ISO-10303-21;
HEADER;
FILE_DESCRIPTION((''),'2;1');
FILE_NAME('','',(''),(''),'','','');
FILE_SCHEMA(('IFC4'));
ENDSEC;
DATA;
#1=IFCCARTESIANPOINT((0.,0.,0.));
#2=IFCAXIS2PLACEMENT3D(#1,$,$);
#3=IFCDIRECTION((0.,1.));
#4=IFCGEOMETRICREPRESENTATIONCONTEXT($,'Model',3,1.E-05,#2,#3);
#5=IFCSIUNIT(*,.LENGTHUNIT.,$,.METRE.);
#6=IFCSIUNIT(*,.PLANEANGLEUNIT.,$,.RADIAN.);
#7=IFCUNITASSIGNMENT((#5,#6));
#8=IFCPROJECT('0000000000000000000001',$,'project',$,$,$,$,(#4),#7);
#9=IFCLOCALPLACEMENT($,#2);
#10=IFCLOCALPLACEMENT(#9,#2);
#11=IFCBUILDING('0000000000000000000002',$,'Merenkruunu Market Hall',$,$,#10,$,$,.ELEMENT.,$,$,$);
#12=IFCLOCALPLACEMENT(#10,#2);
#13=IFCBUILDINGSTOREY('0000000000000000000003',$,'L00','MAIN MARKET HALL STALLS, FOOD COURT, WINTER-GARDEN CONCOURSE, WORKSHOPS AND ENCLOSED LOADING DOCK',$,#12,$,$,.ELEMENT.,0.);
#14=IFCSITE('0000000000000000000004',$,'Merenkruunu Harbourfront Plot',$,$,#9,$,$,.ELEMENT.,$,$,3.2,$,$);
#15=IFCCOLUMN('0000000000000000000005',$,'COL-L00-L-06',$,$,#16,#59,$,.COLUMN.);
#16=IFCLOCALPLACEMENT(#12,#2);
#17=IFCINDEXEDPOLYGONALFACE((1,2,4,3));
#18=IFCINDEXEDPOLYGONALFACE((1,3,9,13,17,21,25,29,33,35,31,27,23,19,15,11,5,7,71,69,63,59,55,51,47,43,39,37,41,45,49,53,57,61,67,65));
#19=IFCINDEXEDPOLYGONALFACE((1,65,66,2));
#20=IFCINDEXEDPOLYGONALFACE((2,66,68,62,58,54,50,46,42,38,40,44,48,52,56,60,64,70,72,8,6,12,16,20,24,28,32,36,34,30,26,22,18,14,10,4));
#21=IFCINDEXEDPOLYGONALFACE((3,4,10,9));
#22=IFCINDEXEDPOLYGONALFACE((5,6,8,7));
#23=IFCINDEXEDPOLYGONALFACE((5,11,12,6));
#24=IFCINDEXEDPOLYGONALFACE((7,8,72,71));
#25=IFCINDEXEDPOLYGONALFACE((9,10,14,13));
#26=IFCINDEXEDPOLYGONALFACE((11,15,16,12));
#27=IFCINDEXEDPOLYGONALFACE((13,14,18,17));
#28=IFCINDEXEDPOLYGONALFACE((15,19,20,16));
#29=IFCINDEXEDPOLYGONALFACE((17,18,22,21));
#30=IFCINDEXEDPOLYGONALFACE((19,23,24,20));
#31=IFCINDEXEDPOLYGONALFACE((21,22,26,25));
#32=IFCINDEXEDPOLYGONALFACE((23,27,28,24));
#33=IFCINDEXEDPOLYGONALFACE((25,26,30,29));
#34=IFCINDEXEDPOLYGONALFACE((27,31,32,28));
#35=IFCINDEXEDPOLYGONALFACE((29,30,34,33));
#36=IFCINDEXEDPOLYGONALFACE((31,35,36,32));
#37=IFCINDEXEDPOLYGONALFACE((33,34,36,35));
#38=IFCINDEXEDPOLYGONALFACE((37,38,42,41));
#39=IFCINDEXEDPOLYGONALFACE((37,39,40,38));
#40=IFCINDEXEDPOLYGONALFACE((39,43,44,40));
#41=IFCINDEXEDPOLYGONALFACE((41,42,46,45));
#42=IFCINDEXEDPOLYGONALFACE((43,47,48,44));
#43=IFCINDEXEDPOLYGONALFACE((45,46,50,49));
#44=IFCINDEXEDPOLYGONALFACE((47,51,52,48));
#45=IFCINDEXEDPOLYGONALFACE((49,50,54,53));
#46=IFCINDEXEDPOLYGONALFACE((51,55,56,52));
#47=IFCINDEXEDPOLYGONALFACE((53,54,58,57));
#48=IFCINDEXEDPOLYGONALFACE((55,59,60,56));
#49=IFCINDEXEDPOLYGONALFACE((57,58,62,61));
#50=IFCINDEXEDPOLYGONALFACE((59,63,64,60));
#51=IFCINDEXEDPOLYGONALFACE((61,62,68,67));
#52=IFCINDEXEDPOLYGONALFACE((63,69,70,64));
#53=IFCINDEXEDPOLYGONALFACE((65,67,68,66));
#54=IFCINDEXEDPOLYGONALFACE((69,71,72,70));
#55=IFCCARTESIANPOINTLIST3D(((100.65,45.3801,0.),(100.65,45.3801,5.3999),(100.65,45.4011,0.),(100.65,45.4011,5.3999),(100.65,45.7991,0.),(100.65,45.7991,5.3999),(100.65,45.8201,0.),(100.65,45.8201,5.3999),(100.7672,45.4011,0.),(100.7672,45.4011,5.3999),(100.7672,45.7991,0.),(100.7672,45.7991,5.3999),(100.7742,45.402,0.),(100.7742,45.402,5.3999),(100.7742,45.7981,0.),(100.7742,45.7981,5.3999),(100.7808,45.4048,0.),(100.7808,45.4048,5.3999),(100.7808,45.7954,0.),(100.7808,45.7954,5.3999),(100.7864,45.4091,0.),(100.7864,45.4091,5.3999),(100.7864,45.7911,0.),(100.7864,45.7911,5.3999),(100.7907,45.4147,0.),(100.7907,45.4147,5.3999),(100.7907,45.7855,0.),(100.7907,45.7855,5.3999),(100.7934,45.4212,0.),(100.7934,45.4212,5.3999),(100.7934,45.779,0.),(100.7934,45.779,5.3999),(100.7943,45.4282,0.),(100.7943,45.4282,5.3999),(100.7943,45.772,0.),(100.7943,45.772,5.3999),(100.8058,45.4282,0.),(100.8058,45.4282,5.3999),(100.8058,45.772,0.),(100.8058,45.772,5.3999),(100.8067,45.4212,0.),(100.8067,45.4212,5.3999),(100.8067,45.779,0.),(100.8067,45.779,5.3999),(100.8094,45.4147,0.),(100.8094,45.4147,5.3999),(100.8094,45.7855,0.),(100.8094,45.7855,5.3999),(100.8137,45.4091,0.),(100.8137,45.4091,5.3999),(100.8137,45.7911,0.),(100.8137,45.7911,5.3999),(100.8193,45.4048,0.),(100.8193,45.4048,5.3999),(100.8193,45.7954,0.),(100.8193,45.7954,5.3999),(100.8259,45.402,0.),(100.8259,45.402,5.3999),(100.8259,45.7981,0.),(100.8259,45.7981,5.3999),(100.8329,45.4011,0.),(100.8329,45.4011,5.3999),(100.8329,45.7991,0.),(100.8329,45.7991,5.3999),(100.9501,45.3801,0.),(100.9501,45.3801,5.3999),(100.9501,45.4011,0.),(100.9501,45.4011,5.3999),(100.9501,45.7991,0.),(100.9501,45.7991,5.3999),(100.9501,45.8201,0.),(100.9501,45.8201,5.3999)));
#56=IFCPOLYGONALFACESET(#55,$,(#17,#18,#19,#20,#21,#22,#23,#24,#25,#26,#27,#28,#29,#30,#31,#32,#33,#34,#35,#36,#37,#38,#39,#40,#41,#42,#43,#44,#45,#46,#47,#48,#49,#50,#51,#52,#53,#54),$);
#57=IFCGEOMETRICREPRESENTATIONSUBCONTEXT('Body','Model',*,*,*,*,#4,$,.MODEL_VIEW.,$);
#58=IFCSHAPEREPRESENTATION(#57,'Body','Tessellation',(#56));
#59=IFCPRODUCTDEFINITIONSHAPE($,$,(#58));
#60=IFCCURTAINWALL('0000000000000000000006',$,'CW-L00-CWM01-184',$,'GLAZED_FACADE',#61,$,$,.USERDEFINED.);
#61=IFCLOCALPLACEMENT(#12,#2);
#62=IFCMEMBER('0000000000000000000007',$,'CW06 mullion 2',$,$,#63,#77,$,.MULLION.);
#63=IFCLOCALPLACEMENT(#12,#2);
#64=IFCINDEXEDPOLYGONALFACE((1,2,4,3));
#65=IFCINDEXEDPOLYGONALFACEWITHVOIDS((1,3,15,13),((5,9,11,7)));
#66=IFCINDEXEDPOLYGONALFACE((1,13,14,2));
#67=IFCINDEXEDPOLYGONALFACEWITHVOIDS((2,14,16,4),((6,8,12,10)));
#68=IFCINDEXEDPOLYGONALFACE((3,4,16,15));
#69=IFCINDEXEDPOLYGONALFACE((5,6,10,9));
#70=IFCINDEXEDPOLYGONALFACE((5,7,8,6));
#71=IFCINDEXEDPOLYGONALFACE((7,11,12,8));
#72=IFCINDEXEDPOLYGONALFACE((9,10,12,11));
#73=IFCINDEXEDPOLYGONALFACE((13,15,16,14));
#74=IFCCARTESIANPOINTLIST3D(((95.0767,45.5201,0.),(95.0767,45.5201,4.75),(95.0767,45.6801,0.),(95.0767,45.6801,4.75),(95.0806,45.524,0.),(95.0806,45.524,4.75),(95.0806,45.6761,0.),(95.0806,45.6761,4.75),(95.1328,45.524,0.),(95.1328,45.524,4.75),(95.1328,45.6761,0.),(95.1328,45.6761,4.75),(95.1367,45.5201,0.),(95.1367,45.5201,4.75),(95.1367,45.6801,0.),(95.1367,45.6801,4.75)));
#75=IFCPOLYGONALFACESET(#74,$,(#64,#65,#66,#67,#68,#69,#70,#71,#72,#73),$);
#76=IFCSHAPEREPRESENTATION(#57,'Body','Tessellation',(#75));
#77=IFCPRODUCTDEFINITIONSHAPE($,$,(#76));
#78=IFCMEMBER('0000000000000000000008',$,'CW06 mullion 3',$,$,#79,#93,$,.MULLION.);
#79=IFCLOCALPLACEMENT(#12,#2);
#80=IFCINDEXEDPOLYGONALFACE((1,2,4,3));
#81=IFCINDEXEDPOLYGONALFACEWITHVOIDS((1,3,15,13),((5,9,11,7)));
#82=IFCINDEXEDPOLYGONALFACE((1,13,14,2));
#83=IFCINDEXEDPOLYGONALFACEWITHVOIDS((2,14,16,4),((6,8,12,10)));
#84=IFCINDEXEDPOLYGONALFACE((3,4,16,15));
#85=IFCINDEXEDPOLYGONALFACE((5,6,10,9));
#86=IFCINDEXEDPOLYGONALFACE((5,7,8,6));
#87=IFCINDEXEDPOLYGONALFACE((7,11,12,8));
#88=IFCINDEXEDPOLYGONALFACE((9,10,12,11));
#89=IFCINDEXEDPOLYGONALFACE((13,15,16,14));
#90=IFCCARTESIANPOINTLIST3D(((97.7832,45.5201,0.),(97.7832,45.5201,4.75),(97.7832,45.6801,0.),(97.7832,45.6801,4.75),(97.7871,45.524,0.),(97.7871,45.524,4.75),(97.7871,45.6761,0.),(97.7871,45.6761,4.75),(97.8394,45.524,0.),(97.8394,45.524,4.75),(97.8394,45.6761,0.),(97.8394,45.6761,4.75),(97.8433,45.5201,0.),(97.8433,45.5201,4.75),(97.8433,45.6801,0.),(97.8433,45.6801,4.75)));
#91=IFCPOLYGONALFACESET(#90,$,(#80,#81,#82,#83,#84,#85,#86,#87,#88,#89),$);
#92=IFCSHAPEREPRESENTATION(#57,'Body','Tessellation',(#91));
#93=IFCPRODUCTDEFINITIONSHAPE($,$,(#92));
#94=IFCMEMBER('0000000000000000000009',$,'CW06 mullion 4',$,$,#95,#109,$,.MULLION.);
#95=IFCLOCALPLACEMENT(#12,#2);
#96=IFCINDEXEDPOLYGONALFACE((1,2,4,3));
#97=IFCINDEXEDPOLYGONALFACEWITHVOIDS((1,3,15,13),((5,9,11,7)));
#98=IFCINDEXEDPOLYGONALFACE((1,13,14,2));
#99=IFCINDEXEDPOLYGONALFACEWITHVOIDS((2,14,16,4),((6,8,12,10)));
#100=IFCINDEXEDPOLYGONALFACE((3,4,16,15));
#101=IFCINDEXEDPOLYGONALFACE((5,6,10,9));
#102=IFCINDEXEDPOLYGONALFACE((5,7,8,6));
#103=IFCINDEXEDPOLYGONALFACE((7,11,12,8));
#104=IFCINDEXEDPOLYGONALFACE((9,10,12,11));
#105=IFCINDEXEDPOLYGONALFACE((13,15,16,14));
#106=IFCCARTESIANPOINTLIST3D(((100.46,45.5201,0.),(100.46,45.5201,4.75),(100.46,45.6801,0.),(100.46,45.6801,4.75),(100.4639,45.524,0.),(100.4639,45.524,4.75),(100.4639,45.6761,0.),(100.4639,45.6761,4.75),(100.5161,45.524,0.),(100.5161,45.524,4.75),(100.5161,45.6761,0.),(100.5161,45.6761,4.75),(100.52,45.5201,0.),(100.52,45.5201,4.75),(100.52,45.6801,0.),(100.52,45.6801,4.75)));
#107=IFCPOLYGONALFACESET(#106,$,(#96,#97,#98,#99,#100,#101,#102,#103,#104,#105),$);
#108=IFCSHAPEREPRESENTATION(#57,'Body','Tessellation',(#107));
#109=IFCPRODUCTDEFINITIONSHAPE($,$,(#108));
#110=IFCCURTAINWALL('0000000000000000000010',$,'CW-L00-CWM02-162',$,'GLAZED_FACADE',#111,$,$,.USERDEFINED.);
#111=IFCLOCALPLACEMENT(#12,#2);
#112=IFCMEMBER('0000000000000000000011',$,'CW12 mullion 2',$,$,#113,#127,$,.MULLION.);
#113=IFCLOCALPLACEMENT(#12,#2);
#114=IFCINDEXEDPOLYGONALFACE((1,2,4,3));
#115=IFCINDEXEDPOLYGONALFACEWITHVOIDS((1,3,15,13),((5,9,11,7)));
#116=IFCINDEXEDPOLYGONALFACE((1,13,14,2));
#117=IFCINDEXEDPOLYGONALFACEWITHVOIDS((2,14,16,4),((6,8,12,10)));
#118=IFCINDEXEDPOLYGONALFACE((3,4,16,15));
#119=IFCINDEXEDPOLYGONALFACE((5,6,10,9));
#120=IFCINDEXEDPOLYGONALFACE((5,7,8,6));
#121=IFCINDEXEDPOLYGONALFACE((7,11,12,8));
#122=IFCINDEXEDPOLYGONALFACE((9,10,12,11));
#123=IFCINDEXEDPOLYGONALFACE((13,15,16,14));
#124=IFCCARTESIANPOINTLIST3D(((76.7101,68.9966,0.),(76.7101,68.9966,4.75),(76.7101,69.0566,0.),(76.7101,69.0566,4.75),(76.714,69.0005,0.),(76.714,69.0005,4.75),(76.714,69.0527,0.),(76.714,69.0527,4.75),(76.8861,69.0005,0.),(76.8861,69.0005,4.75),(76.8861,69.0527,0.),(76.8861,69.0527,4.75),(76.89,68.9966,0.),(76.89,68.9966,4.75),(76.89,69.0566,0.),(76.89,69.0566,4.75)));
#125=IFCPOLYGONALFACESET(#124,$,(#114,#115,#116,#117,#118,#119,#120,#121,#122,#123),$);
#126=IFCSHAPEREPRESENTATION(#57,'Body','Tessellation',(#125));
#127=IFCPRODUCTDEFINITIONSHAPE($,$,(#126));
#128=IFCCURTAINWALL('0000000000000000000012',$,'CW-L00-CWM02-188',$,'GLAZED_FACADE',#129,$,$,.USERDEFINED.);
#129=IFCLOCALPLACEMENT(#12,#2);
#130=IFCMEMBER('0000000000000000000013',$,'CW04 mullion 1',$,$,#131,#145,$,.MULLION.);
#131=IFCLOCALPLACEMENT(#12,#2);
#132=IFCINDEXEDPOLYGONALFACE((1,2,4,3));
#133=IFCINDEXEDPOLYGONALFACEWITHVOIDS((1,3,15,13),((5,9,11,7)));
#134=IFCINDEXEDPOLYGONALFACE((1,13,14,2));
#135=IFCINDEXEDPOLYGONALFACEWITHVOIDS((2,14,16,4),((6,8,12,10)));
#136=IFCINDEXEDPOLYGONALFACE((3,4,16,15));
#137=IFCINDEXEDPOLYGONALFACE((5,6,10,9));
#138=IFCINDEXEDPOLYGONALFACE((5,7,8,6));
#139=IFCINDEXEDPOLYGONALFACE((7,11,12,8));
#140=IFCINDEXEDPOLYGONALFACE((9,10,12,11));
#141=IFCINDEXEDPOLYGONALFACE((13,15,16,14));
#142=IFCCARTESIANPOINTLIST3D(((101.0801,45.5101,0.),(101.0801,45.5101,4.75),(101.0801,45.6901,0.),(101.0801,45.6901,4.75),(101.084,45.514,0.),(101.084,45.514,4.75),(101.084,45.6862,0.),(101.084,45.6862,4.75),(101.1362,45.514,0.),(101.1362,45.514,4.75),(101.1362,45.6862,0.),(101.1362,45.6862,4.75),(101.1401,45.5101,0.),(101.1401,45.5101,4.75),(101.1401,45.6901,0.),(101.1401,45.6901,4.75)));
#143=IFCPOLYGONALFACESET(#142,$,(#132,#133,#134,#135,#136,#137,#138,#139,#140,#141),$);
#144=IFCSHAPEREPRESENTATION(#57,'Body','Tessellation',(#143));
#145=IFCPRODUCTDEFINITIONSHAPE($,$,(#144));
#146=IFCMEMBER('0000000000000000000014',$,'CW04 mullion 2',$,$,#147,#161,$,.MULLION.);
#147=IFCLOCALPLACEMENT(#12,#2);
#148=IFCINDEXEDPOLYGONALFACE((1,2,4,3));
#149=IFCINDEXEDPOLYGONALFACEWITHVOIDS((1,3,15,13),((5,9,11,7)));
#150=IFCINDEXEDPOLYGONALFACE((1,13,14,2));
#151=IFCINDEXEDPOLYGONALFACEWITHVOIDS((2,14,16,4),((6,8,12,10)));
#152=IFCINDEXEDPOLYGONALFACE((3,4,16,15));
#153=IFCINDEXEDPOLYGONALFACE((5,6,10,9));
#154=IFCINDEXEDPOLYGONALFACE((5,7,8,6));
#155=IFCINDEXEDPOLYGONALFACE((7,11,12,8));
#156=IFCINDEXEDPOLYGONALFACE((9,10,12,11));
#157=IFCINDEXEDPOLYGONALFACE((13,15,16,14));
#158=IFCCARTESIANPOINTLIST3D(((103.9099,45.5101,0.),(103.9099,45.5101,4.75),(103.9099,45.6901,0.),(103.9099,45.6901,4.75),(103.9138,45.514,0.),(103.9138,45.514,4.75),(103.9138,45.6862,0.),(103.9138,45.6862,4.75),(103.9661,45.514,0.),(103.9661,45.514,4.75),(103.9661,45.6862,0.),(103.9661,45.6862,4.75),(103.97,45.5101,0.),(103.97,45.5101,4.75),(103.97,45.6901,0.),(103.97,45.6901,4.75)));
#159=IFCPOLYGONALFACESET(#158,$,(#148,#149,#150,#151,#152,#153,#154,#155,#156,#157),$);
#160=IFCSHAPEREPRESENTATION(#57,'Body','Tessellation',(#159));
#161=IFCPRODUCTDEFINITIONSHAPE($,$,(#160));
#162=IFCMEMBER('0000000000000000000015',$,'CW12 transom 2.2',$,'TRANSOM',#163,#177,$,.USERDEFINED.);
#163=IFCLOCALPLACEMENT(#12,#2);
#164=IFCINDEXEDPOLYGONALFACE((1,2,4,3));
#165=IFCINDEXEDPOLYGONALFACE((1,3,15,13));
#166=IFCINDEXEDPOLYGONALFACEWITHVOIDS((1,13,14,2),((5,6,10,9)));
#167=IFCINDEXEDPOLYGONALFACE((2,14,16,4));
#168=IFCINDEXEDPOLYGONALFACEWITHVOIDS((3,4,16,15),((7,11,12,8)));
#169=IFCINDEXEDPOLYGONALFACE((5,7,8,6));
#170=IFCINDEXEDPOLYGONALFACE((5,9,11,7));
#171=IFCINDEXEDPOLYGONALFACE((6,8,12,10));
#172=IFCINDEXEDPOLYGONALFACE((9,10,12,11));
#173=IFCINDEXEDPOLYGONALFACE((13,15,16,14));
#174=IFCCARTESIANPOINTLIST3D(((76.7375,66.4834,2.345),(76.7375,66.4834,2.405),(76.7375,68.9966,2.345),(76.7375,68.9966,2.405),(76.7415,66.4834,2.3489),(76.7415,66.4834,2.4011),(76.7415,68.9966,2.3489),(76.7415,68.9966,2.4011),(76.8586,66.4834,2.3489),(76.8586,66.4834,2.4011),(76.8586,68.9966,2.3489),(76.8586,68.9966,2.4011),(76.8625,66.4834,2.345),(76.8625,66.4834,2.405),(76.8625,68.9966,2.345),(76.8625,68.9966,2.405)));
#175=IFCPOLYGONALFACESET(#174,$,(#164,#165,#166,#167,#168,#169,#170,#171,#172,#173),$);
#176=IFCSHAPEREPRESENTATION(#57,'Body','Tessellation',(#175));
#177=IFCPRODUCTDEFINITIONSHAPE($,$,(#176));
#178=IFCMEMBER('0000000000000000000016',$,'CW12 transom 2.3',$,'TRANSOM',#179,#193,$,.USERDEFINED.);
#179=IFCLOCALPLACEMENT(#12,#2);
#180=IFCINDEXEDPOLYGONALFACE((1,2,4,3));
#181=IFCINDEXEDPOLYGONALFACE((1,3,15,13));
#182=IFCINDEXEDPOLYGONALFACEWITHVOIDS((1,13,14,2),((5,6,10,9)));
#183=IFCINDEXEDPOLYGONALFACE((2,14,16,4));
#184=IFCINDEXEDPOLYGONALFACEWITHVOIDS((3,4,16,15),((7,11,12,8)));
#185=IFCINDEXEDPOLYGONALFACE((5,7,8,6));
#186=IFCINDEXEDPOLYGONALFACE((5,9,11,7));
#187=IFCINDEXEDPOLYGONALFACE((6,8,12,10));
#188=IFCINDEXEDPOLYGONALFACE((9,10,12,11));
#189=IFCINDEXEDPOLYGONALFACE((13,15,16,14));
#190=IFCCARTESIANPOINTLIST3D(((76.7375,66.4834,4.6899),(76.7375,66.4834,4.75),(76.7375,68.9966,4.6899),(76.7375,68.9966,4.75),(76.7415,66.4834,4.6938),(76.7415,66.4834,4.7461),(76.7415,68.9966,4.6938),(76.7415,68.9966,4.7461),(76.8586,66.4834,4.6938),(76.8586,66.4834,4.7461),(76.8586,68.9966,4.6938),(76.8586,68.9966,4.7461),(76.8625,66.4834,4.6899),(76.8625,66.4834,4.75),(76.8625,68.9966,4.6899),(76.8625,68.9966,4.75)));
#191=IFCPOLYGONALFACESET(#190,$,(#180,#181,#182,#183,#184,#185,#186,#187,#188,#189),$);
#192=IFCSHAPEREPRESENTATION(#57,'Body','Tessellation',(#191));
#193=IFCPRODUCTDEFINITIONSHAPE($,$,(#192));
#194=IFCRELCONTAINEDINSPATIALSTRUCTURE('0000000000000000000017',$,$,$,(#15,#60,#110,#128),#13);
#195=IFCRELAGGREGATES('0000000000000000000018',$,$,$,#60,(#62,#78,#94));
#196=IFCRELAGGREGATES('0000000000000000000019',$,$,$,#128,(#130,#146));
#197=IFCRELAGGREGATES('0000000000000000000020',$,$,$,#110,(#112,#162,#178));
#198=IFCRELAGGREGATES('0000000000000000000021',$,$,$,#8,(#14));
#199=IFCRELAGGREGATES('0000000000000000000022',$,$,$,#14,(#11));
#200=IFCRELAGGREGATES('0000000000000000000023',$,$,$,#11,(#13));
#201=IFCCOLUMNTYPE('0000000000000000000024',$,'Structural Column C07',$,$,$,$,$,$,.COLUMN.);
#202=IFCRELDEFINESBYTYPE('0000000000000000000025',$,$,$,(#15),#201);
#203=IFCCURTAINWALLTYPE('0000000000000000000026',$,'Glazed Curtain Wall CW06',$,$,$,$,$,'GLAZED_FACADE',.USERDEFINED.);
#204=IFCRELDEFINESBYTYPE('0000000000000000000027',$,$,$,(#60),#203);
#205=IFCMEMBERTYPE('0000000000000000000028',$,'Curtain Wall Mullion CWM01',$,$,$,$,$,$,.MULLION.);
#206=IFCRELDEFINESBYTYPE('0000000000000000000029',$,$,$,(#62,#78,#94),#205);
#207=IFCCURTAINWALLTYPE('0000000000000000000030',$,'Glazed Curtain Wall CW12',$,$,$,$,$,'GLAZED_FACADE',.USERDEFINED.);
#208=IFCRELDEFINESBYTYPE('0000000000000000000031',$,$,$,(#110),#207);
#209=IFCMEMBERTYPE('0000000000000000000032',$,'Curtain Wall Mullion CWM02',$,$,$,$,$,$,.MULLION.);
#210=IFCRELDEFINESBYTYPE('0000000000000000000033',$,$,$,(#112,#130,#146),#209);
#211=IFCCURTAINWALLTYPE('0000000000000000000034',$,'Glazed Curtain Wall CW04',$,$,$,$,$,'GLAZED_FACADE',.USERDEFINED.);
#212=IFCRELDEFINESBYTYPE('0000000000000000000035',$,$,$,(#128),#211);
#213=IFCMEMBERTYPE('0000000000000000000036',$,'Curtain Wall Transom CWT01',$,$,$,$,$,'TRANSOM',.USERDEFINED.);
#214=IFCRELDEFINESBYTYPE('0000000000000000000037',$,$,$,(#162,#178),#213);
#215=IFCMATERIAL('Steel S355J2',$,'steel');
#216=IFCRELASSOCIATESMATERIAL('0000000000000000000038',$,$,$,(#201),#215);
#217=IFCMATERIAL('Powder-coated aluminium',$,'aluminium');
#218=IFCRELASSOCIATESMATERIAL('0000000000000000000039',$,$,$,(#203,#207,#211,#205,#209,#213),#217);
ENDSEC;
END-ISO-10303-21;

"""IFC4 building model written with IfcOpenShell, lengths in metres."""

from ifc_helpers import new_model, si_unit, direction, frame, origin, origin_2d, place, context, subcontext, project, spatial, hollow_rectangle, i_section, extrude, material, material_profile, profile_set, type_object, element, aggregate, save


model = new_model("IFC4")

# Units and contexts
model_context = context("Model", 3, precision=1e-05, world=origin(), true_north=direction((0.0, 1.0)))
body_context = subcontext(model_context, "Body", "Model", "MODEL_VIEW")
ifc_project = project(units=[si_unit("LENGTHUNIT", "METRE"), si_unit("PLANEANGLEUNIT", "RADIAN")], contexts=[model_context])

# Site, building, storey
site_placement = place(None, origin())
site = spatial("IfcSite", under=ifc_project, at=site_placement, Name="Merenkruunu Harbourfront Plot", CompositionType="ELEMENT", RefElevation=3.2)
building_placement = place(site_placement, origin())
building = spatial("IfcBuilding", under=site, at=building_placement, Name="Merenkruunu Market Hall", CompositionType="ELEMENT")
storey_placement = place(building_placement, origin())
storey = spatial("IfcBuildingStorey", under=building, at=storey_placement, Name="L00", Description="MAIN MARKET HALL STALLS, FOOD COURT, WINTER-GARDEN CONCOURSE, WORKSHOPS AND ENCLOSED LOADING DOCK", CompositionType="ELEMENT", Elevation=0.0)

# Column
ifc_material_1 = material(Name="Steel S355J2", Category="steel")
ifc_material_profile_1 = material_profile(ifc_material_1, i_section(OverallWidth=0.3, OverallDepth=0.4399, WebThickness=0.0115, FlangeThickness=0.021, FilletRadius=0.0271, at=origin_2d()), Name="HEA 450")
ifc_profile_set_1 = profile_set([ifc_material_profile_1], Name="Steel S355J2")
column_type = type_object("IfcColumnType", Name="Structural Column C07", PredefinedType="COLUMN", material=ifc_profile_set_1)
column_placement = place(storey_placement, frame((100.8, 45.6001, 0.0), z_axis=(0.0, 0.0, 1.0), x_axis=(1.0, 0.0, 0.0)))
element("IfcColumn", 1, at=column_placement, inside=storey, type_object=column_type, Name="COL-L00-L-06", PredefinedType="COLUMN", context=body_context, shape_type="SweptSolid", body=[
    extrude(i_section(OverallWidth=0.3, OverallDepth=0.4399, WebThickness=0.0115, FlangeThickness=0.021, FilletRadius=0.0271, at=origin_2d()), origin(), (0.0, 0.0, 1.0), 5.3999),
])

# Curtain wall, members
ifc_material_2 = material(Name="Powder-coated aluminium", Category="aluminium")
curtain_wall_type_1 = type_object("IfcCurtainWallType", Name="Glazed Curtain Wall CW06", ElementType="GLAZED_FACADE", PredefinedType="USERDEFINED", material=ifc_material_2)
curtain_wall_1_placement = place(storey_placement, origin())
curtain_wall_1 = element("IfcCurtainWall", 2, at=curtain_wall_1_placement, inside=storey, type_object=curtain_wall_type_1, Name="CW-L00-CWM01-184", ObjectType="GLAZED_FACADE", PredefinedType="USERDEFINED")
ifc_material_profile_2 = material_profile(ifc_material_2, hollow_rectangle(XDim=0.0601, YDim=0.1599, WallThickness=0.0039, at=origin_2d()), Name="ALU 60x160x4")
ifc_profile_set_2 = profile_set([ifc_material_profile_2], Name="Powder-coated aluminium")
member_type_1 = type_object("IfcMemberType", Name="Curtain Wall Mullion CWM01", PredefinedType="MULLION", material=ifc_profile_set_2)
member_1_placement = place(storey_placement, frame((95.1067, 45.6001, 0.0), z_axis=(0.0, 0.0, 1.0), x_axis=(1.0, 0.0, 0.0)))
member_1 = element("IfcMember", 3, at=member_1_placement, type_object=member_type_1, Name="CW06 mullion 2", PredefinedType="MULLION", context=body_context, shape_type="SweptSolid", body=[
    extrude(hollow_rectangle(XDim=0.0601, YDim=0.1599, WallThickness=0.0039, at=origin_2d()), origin(), (0.0, 0.0, 1.0), 4.75),
])
member_2_placement = place(storey_placement, frame((97.8132, 45.6001, 0.0), z_axis=(0.0, 0.0, 1.0), x_axis=(1.0, 0.0, 0.0)))
member_2 = element("IfcMember", 4, at=member_2_placement, type_object=member_type_1, Name="CW06 mullion 3", PredefinedType="MULLION", context=body_context, shape_type="SweptSolid", body=[
    extrude(hollow_rectangle(XDim=0.0601, YDim=0.1599, WallThickness=0.0039, at=origin_2d()), origin(), (0.0, 0.0, 1.0), 4.75),
])
member_3_placement = place(storey_placement, frame((100.49, 45.6001, 0.0), z_axis=(0.0, 0.0, 1.0), x_axis=(1.0, 0.0, 0.0)))
member_3 = element("IfcMember", 5, at=member_3_placement, type_object=member_type_1, Name="CW06 mullion 4", PredefinedType="MULLION", context=body_context, shape_type="SweptSolid", body=[
    extrude(hollow_rectangle(XDim=0.0601, YDim=0.1599, WallThickness=0.0039, at=origin_2d()), origin(), (0.0, 0.0, 1.0), 4.75),
])

# Curtain wall, member
curtain_wall_type_2 = type_object("IfcCurtainWallType", Name="Glazed Curtain Wall CW12", ElementType="GLAZED_FACADE", PredefinedType="USERDEFINED", material=ifc_material_2)
curtain_wall_2_placement = place(storey_placement, origin())
curtain_wall_2 = element("IfcCurtainWall", 6, at=curtain_wall_2_placement, inside=storey, type_object=curtain_wall_type_2, Name="CW-L00-CWM02-162", ObjectType="GLAZED_FACADE", PredefinedType="USERDEFINED")
ifc_material_profile_3 = material_profile(ifc_material_2, hollow_rectangle(XDim=0.0601, YDim=0.1799, WallThickness=0.0039, at=origin_2d()), Name="ALU 60x180x4")
ifc_profile_set_3 = profile_set([ifc_material_profile_3], Name="Powder-coated aluminium")
member_type_2 = type_object("IfcMemberType", Name="Curtain Wall Mullion CWM02", PredefinedType="MULLION", material=ifc_profile_set_3)
member_4_placement = place(storey_placement, frame((76.8, 69.0266, 0.0), z_axis=(0.0, 0.0, 1.0), x_axis=(0.0, -1.0, 0.0)))
member_4 = element("IfcMember", 7, at=member_4_placement, type_object=member_type_2, Name="CW12 mullion 2", PredefinedType="MULLION", context=body_context, shape_type="SweptSolid", body=[
    extrude(hollow_rectangle(XDim=0.0601, YDim=0.1799, WallThickness=0.0039, at=origin_2d()), origin(), (0.0, 0.0, 1.0), 4.75),
])

# Curtain wall, members
curtain_wall_type_3 = type_object("IfcCurtainWallType", Name="Glazed Curtain Wall CW04", ElementType="GLAZED_FACADE", PredefinedType="USERDEFINED", material=ifc_material_2)
curtain_wall_3_placement = place(storey_placement, origin())
curtain_wall_3 = element("IfcCurtainWall", 8, at=curtain_wall_3_placement, inside=storey, type_object=curtain_wall_type_3, Name="CW-L00-CWM02-188", ObjectType="GLAZED_FACADE", PredefinedType="USERDEFINED")
member_5_placement = place(storey_placement, frame((101.1101, 45.6001, 0.0), z_axis=(0.0, 0.0, 1.0), x_axis=(1.0, 0.0, 0.0)))
member_5 = element("IfcMember", 9, at=member_5_placement, type_object=member_type_2, Name="CW04 mullion 1", PredefinedType="MULLION", context=body_context, shape_type="SweptSolid", body=[
    extrude(hollow_rectangle(XDim=0.0601, YDim=0.1799, WallThickness=0.0039, at=origin_2d()), origin(), (0.0, 0.0, 1.0), 4.75),
])
member_6_placement = place(storey_placement, frame((103.9399, 45.6001, 0.0), z_axis=(0.0, 0.0, 1.0), x_axis=(1.0, 0.0, 0.0)))
member_6 = element("IfcMember", 10, at=member_6_placement, type_object=member_type_2, Name="CW04 mullion 2", PredefinedType="MULLION", context=body_context, shape_type="SweptSolid", body=[
    extrude(hollow_rectangle(XDim=0.0601, YDim=0.1799, WallThickness=0.0039, at=origin_2d()), origin(), (0.0, 0.0, 1.0), 4.75),
])

# Members
ifc_material_profile_4 = material_profile(ifc_material_2, hollow_rectangle(XDim=0.0601, YDim=0.125, WallThickness=0.0039, at=origin_2d()), Name="ALU 60x125x4")
ifc_profile_set_4 = profile_set([ifc_material_profile_4], Name="Powder-coated aluminium")
member_type_3 = type_object("IfcMemberType", Name="Curtain Wall Transom CWT01", ElementType="TRANSOM", PredefinedType="USERDEFINED", material=ifc_profile_set_4)
member_7_placement = place(storey_placement, frame((76.8, 68.9966, 2.375), z_axis=(0.0, -1.0, 0.0), x_axis=(0.0, 0.0, 1.0)))
member_7 = element("IfcMember", 11, at=member_7_placement, type_object=member_type_3, Name="CW12 transom 2.2", ObjectType="TRANSOM", PredefinedType="USERDEFINED", context=body_context, shape_type="SweptSolid", body=[
    extrude(hollow_rectangle(XDim=0.0601, YDim=0.125, WallThickness=0.0039, at=origin_2d()), origin(), (0.0, 0.0, 1.0), 2.5132),
])
member_8_placement = place(storey_placement, frame((76.8, 68.9966, 4.72), z_axis=(0.0, -1.0, 0.0), x_axis=(0.0, 0.0, 1.0)))
member_8 = element("IfcMember", 12, at=member_8_placement, type_object=member_type_3, Name="CW12 transom 2.3", ObjectType="TRANSOM", PredefinedType="USERDEFINED", context=body_context, shape_type="SweptSolid", body=[
    extrude(hollow_rectangle(XDim=0.0601, YDim=0.125, WallThickness=0.0039, at=origin_2d()), origin(), (0.0, 0.0, 1.0), 2.5132),
])

aggregate(curtain_wall_1, [member_1, member_2, member_3])
aggregate(curtain_wall_3, [member_5, member_6])
aggregate(curtain_wall_2, [member_4, member_7, member_8])

save(model, "model.ifc")
